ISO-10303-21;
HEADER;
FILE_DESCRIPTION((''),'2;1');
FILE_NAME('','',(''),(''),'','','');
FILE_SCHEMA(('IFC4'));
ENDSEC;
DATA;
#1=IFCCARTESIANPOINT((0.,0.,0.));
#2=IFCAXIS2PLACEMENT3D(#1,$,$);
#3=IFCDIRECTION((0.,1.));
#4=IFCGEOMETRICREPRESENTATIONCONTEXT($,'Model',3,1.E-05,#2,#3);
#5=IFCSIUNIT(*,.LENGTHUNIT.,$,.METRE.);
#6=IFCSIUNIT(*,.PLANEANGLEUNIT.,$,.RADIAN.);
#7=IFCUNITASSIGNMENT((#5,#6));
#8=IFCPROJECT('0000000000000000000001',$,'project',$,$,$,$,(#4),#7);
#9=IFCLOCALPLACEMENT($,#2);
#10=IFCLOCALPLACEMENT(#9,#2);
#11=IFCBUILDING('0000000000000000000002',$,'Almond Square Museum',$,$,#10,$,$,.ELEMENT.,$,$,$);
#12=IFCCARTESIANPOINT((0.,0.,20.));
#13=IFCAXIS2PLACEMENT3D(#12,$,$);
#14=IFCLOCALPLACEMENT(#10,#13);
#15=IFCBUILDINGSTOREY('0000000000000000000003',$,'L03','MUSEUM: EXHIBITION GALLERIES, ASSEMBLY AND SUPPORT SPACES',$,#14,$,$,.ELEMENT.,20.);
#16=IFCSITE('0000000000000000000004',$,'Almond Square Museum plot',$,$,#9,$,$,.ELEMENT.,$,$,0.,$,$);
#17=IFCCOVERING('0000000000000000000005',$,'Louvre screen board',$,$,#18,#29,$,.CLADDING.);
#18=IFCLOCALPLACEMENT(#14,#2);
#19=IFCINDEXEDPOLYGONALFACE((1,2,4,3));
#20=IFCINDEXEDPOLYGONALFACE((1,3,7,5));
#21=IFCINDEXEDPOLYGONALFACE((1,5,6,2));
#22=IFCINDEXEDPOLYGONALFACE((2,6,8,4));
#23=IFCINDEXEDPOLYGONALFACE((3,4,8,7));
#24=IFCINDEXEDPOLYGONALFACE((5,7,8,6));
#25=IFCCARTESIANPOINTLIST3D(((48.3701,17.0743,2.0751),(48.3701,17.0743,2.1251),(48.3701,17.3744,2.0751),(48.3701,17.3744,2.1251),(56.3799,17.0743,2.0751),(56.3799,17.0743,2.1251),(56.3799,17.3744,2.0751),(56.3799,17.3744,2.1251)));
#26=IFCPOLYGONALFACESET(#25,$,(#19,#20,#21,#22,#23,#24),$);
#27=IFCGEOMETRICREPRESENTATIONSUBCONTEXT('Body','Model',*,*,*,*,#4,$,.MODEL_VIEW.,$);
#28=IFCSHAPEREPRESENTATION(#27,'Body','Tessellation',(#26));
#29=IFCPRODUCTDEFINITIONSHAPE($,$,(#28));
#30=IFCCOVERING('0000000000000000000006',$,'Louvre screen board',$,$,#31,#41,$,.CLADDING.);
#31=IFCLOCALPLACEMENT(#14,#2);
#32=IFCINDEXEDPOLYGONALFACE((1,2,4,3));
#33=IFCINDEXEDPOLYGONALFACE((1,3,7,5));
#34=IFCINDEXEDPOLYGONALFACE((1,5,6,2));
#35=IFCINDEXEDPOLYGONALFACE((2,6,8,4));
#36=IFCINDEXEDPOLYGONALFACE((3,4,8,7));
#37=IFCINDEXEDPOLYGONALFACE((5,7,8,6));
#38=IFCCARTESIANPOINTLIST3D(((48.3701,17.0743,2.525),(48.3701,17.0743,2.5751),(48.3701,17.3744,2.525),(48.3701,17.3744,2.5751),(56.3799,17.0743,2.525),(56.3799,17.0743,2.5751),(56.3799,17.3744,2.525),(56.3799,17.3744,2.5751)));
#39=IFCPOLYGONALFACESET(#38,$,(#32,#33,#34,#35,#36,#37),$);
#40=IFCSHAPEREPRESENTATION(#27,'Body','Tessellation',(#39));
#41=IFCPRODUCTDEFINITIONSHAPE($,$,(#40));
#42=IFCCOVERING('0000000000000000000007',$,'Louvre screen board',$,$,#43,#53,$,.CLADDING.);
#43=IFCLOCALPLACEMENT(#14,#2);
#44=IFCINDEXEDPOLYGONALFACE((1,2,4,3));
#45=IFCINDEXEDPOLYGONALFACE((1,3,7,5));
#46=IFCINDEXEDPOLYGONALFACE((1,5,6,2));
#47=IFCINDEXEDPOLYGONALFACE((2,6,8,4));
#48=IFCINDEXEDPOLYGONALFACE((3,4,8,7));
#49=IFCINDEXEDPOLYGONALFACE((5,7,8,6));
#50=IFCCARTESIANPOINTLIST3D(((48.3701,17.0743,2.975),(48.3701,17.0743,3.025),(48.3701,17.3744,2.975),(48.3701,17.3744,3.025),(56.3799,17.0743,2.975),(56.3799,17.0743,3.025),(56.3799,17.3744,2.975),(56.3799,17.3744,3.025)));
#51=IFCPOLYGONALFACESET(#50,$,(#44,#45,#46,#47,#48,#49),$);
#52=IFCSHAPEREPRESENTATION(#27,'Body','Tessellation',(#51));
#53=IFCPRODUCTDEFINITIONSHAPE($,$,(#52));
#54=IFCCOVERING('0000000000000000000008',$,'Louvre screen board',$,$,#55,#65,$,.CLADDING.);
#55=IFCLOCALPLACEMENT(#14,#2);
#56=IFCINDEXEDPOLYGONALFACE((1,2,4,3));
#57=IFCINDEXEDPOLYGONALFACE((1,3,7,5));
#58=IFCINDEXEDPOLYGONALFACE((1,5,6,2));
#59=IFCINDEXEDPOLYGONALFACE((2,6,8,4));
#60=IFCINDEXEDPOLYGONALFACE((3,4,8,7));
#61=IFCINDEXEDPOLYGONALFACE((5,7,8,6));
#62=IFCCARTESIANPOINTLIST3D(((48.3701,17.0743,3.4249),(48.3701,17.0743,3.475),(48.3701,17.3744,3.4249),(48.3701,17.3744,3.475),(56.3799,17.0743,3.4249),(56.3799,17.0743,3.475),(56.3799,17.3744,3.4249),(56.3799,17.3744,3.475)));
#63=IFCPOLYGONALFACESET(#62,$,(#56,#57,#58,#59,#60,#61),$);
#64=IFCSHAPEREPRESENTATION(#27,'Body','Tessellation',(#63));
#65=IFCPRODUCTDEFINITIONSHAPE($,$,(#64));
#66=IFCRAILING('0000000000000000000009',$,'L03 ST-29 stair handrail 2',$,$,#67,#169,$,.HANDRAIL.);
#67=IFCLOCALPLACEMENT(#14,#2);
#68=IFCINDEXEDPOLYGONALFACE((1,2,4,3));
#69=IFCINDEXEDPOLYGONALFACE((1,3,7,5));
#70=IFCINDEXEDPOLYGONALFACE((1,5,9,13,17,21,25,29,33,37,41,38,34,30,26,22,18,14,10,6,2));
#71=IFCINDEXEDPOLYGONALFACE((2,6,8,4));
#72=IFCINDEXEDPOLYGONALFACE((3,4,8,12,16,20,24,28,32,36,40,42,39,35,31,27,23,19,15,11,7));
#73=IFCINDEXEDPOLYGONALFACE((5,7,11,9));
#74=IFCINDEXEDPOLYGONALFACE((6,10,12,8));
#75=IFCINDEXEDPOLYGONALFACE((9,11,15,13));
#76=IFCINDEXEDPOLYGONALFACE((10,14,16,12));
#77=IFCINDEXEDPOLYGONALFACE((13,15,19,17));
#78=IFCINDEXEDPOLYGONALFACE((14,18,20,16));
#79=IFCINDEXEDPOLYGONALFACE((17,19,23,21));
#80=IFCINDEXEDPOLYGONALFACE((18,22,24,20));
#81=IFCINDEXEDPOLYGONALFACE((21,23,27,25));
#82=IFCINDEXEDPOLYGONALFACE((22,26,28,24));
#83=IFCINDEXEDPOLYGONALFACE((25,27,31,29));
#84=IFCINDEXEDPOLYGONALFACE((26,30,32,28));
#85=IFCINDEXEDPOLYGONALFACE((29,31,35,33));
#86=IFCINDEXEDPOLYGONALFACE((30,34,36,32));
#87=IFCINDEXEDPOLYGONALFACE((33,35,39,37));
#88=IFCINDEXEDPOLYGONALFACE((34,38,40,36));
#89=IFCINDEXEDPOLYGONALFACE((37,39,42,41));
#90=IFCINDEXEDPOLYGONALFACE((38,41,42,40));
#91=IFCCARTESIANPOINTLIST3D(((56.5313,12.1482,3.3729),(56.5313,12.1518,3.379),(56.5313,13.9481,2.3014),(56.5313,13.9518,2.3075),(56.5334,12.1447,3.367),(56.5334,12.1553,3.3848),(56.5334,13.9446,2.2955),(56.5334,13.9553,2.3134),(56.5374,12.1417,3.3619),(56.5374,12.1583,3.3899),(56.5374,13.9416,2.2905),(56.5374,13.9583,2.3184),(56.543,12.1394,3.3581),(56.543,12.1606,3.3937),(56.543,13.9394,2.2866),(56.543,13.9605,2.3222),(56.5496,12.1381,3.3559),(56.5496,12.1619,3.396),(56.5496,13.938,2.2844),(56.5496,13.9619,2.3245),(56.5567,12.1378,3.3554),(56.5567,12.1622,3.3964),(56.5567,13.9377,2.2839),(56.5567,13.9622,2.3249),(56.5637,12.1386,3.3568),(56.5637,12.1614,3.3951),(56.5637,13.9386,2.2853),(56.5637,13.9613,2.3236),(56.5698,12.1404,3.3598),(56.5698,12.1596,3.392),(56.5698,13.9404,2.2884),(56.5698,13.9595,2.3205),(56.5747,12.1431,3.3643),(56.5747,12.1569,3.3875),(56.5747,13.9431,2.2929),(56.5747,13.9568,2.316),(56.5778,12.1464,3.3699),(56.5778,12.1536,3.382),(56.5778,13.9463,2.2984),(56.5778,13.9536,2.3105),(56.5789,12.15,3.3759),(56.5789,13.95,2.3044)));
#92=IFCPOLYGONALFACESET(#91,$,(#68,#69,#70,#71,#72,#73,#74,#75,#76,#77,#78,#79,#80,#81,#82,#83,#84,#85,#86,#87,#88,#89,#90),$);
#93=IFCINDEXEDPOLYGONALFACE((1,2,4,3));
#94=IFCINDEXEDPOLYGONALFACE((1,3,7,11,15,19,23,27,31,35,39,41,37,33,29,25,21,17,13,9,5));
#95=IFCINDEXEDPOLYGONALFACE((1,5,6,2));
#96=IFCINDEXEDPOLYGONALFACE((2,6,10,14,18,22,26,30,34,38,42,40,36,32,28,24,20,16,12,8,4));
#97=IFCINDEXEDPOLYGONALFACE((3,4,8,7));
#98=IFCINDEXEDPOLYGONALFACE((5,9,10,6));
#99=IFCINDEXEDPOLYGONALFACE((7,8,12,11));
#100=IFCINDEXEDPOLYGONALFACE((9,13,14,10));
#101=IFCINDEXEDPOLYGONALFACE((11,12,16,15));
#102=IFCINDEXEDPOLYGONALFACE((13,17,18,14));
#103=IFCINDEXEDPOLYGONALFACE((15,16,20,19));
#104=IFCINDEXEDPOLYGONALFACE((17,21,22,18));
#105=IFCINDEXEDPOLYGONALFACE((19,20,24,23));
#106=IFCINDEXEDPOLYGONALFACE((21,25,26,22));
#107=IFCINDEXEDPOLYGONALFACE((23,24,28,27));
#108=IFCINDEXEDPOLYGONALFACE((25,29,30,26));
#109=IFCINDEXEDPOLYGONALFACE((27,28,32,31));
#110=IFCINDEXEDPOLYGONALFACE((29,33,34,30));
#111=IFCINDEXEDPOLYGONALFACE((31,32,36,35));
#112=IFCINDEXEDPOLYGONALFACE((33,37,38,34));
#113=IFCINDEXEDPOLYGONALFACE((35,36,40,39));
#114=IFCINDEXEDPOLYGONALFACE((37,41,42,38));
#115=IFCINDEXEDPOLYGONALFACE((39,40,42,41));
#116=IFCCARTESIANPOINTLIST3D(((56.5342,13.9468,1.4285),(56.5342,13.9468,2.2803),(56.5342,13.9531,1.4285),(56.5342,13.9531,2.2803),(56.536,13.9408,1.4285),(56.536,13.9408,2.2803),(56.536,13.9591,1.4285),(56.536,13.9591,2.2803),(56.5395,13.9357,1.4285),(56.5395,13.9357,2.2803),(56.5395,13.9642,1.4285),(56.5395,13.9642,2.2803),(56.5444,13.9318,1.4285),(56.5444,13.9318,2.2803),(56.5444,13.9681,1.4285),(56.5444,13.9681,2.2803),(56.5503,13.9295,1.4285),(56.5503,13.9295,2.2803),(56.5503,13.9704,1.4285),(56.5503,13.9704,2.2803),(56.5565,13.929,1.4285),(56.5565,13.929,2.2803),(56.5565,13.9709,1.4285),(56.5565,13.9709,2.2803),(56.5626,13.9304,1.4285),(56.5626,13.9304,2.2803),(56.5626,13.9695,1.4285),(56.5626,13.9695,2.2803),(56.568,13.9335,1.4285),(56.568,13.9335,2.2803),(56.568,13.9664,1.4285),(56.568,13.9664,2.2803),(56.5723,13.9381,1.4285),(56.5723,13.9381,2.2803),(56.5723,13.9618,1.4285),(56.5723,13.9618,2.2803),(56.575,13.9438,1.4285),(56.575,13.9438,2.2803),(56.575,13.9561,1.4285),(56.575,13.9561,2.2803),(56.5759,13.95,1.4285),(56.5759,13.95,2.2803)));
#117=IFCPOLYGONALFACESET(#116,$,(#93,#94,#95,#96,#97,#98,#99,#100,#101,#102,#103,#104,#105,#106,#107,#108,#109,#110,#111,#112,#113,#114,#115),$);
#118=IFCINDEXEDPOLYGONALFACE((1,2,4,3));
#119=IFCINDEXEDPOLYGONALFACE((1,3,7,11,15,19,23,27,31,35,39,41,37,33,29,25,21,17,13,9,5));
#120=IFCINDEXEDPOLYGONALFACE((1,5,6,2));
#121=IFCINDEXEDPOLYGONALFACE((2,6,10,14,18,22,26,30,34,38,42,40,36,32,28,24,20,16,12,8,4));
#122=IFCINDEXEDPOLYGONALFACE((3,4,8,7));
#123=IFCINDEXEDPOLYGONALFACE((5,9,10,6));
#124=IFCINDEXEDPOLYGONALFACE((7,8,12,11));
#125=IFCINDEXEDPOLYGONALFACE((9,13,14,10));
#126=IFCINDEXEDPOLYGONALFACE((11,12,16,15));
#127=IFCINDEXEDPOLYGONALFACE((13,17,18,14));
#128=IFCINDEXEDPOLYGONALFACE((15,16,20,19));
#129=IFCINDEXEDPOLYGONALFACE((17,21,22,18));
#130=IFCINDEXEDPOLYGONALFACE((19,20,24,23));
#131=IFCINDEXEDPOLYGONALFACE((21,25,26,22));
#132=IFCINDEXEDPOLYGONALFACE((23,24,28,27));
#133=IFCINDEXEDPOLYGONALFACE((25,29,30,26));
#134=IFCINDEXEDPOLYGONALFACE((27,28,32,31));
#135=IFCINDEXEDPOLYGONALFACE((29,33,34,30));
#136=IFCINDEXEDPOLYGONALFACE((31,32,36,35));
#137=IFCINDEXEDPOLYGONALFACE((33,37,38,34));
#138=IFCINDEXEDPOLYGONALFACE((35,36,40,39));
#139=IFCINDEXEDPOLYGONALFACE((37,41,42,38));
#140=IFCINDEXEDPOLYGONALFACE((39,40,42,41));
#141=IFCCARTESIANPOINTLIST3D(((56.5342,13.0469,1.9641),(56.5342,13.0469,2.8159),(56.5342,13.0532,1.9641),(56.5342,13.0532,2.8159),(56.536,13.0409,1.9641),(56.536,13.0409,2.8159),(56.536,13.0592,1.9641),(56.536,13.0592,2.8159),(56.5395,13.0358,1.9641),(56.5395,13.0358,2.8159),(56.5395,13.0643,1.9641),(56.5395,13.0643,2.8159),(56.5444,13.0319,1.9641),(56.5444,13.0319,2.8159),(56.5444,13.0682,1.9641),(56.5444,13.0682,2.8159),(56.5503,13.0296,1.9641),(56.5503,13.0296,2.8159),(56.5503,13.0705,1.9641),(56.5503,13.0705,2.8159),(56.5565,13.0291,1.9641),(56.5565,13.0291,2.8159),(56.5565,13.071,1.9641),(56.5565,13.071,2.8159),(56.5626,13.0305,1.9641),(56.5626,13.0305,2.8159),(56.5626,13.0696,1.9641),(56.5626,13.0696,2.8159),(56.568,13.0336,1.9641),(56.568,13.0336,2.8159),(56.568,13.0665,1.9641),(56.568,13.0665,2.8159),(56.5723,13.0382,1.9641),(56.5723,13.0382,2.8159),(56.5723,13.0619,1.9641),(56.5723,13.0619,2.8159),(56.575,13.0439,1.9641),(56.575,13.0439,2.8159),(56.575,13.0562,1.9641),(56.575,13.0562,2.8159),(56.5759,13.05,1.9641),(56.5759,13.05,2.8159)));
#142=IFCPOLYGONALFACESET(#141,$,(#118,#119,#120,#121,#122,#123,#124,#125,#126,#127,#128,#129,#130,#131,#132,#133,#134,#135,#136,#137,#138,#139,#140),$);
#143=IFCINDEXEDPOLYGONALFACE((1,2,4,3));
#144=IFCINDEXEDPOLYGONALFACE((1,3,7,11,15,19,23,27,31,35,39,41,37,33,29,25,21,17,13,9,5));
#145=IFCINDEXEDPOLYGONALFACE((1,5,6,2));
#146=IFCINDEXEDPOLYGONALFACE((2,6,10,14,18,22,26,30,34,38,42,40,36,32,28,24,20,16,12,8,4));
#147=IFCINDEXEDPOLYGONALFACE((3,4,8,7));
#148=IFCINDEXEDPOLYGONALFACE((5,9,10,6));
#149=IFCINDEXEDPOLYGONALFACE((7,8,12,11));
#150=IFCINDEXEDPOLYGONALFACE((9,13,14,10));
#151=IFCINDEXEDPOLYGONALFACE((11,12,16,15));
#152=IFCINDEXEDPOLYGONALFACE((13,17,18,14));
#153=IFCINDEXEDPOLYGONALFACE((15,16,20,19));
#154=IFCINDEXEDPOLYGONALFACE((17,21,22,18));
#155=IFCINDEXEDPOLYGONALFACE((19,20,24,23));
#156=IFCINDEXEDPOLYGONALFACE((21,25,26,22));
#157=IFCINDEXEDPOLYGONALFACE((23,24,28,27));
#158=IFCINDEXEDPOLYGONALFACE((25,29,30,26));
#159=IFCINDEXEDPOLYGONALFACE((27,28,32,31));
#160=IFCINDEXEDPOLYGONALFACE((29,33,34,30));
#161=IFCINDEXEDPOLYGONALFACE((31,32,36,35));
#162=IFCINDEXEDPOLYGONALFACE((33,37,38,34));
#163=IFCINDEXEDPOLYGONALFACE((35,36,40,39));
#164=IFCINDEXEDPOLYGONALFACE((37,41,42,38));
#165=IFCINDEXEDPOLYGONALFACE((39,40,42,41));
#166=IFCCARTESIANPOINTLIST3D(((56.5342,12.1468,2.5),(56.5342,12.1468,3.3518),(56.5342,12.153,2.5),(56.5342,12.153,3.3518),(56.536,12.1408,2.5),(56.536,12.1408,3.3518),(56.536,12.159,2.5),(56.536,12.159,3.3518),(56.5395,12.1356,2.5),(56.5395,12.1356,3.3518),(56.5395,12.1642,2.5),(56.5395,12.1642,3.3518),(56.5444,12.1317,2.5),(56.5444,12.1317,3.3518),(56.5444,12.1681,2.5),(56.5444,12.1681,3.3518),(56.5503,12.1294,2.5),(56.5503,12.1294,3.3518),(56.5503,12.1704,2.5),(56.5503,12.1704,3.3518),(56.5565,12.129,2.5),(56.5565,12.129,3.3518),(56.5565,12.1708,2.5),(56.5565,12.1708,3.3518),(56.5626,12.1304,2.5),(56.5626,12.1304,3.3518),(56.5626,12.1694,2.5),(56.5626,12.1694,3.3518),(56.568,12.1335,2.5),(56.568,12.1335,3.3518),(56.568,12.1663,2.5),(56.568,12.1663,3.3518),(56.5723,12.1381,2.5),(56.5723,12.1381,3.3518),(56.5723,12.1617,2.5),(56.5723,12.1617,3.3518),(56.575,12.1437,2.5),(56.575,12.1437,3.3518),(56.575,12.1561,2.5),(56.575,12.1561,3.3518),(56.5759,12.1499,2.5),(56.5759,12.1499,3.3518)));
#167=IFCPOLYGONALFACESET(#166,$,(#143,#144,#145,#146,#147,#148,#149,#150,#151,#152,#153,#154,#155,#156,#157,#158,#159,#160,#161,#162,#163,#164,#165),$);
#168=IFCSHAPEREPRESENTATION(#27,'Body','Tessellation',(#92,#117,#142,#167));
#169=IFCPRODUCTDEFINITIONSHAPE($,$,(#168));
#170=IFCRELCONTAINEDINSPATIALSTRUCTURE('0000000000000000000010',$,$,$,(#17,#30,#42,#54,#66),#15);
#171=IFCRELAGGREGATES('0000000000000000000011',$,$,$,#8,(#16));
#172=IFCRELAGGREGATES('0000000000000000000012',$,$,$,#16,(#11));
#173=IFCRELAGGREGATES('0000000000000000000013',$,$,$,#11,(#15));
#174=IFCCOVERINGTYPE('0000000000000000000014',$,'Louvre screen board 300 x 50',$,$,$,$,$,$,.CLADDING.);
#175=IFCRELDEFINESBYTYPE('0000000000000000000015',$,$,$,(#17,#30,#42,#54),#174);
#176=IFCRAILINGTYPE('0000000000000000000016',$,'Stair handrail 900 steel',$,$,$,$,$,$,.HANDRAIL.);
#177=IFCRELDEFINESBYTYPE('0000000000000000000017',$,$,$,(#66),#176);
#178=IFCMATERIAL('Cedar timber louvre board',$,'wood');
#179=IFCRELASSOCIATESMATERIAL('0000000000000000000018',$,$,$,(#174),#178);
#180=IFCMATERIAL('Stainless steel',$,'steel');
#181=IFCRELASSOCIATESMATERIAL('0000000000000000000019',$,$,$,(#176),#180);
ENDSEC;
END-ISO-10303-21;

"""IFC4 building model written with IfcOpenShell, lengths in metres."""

from ifc_helpers import new_model, si_unit, direction, frame, origin, origin_2d, place, context, subcontext, project, spatial, rectangle, circle, extrude, material, material_profile, profile_set, type_object, element, save


model = new_model("IFC4")

# Units and contexts
model_context = context("Model", 3, precision=1e-05, world=origin(), true_north=direction((0.0, 1.0)))
body_context = subcontext(model_context, "Body", "Model", "MODEL_VIEW")
ifc_project = project(units=[si_unit("LENGTHUNIT", "METRE"), si_unit("PLANEANGLEUNIT", "RADIAN")], contexts=[model_context])

# Site, building, storey
site_placement = place(None, origin())
site = spatial("IfcSite", under=ifc_project, at=site_placement, Name="Almond Square Museum plot", CompositionType="ELEMENT", RefElevation=0.0)
building_placement = place(site_placement, origin())
building = spatial("IfcBuilding", under=site, at=building_placement, Name="Almond Square Museum", CompositionType="ELEMENT")
storey_placement = place(building_placement, frame((0.0, 0.0, 20.0)))
storey = spatial("IfcBuildingStorey", under=building, at=storey_placement, Name="L03", Description="MUSEUM: EXHIBITION GALLERIES, ASSEMBLY AND SUPPORT SPACES", CompositionType="ELEMENT", Elevation=20.0)

# Coverings
ifc_material_1 = material(Name="Cedar timber louvre board", Category="wood")
ifc_material_profile_1 = material_profile(ifc_material_1, rectangle(XDim=0.3, YDim=0.05, at=origin_2d()))
ifc_profile_set_1 = profile_set([ifc_material_profile_1], Name="Cedar timber louvre board")
covering_type = type_object("IfcCoveringType", Name="Louvre screen board 300 x 50", PredefinedType="CLADDING", material=ifc_profile_set_1)
for number, where, z_axis, x_axis, name in (
    (1, (48.3701, 17.2244, 2.1001), (1.0, 0.0, 0.0), (0.0, 1.0, 0.0), "Louvre screen board"),
    (2, (48.3701, 17.2244, 2.55), (1.0, 0.0, 0.0), (0.0, 1.0, 0.0), "Louvre screen board"),
    (3, (48.3701, 17.2244, 3.0), (1.0, 0.0, 0.0), (0.0, 1.0, 0.0), "Louvre screen board"),
    (4, (48.3701, 17.2244, 3.45), (1.0, 0.0, 0.0), (0.0, 1.0, 0.0), "Louvre screen board"),
):
    element("IfcCovering", number, at=place(storey_placement, frame(where, z_axis=z_axis, x_axis=x_axis)), inside=storey, type_object=covering_type, Name=name, PredefinedType="CLADDING", context=body_context, shape_type="SweptSolid", body=[
        extrude(rectangle(XDim=0.3, YDim=0.05, at=origin_2d()), origin(), (0.0, 0.0, 1.0), 8.0098),
    ])

# Railing
ifc_material_2 = material(Name="Stainless steel", Category="steel")
railing_type = type_object("IfcRailingType", Name="Stair handrail 900 steel", PredefinedType="HANDRAIL", material=ifc_material_2)
for number, where, name in (
    (5, (56.5549, 13.95, 1.4285), "L03 ST-29 stair handrail 2"),
):
    element("IfcRailing", number, at=place(storey_placement, frame(where)), inside=storey, type_object=railing_type, Name=name, PredefinedType="HANDRAIL", context=body_context, shape_type="SweptSolid", body=[
        extrude(circle(Radius=0.0239, at=origin_2d()), frame((0.0, 0.0, 0.876), z_axis=(0.0, -0.859277, 0.51151), x_axis=(1.0, 0.0, 0.0)), (0.0, 0.0, 1.0), 2.0947),
        extrude(circle(Radius=0.021, at=origin_2d()), origin(), (0.0, 0.0, 1.0), 0.8518),
        extrude(circle(Radius=0.021, at=origin_2d()), frame((0.0, -0.8999, 0.5356)), (0.0, 0.0, 1.0), 0.8518),
        extrude(circle(Radius=0.021, at=origin_2d()), frame((0.0, -1.8, 1.0715)), (0.0, 0.0, 1.0), 0.8518),
    ])

save(model, "model.ifc")
